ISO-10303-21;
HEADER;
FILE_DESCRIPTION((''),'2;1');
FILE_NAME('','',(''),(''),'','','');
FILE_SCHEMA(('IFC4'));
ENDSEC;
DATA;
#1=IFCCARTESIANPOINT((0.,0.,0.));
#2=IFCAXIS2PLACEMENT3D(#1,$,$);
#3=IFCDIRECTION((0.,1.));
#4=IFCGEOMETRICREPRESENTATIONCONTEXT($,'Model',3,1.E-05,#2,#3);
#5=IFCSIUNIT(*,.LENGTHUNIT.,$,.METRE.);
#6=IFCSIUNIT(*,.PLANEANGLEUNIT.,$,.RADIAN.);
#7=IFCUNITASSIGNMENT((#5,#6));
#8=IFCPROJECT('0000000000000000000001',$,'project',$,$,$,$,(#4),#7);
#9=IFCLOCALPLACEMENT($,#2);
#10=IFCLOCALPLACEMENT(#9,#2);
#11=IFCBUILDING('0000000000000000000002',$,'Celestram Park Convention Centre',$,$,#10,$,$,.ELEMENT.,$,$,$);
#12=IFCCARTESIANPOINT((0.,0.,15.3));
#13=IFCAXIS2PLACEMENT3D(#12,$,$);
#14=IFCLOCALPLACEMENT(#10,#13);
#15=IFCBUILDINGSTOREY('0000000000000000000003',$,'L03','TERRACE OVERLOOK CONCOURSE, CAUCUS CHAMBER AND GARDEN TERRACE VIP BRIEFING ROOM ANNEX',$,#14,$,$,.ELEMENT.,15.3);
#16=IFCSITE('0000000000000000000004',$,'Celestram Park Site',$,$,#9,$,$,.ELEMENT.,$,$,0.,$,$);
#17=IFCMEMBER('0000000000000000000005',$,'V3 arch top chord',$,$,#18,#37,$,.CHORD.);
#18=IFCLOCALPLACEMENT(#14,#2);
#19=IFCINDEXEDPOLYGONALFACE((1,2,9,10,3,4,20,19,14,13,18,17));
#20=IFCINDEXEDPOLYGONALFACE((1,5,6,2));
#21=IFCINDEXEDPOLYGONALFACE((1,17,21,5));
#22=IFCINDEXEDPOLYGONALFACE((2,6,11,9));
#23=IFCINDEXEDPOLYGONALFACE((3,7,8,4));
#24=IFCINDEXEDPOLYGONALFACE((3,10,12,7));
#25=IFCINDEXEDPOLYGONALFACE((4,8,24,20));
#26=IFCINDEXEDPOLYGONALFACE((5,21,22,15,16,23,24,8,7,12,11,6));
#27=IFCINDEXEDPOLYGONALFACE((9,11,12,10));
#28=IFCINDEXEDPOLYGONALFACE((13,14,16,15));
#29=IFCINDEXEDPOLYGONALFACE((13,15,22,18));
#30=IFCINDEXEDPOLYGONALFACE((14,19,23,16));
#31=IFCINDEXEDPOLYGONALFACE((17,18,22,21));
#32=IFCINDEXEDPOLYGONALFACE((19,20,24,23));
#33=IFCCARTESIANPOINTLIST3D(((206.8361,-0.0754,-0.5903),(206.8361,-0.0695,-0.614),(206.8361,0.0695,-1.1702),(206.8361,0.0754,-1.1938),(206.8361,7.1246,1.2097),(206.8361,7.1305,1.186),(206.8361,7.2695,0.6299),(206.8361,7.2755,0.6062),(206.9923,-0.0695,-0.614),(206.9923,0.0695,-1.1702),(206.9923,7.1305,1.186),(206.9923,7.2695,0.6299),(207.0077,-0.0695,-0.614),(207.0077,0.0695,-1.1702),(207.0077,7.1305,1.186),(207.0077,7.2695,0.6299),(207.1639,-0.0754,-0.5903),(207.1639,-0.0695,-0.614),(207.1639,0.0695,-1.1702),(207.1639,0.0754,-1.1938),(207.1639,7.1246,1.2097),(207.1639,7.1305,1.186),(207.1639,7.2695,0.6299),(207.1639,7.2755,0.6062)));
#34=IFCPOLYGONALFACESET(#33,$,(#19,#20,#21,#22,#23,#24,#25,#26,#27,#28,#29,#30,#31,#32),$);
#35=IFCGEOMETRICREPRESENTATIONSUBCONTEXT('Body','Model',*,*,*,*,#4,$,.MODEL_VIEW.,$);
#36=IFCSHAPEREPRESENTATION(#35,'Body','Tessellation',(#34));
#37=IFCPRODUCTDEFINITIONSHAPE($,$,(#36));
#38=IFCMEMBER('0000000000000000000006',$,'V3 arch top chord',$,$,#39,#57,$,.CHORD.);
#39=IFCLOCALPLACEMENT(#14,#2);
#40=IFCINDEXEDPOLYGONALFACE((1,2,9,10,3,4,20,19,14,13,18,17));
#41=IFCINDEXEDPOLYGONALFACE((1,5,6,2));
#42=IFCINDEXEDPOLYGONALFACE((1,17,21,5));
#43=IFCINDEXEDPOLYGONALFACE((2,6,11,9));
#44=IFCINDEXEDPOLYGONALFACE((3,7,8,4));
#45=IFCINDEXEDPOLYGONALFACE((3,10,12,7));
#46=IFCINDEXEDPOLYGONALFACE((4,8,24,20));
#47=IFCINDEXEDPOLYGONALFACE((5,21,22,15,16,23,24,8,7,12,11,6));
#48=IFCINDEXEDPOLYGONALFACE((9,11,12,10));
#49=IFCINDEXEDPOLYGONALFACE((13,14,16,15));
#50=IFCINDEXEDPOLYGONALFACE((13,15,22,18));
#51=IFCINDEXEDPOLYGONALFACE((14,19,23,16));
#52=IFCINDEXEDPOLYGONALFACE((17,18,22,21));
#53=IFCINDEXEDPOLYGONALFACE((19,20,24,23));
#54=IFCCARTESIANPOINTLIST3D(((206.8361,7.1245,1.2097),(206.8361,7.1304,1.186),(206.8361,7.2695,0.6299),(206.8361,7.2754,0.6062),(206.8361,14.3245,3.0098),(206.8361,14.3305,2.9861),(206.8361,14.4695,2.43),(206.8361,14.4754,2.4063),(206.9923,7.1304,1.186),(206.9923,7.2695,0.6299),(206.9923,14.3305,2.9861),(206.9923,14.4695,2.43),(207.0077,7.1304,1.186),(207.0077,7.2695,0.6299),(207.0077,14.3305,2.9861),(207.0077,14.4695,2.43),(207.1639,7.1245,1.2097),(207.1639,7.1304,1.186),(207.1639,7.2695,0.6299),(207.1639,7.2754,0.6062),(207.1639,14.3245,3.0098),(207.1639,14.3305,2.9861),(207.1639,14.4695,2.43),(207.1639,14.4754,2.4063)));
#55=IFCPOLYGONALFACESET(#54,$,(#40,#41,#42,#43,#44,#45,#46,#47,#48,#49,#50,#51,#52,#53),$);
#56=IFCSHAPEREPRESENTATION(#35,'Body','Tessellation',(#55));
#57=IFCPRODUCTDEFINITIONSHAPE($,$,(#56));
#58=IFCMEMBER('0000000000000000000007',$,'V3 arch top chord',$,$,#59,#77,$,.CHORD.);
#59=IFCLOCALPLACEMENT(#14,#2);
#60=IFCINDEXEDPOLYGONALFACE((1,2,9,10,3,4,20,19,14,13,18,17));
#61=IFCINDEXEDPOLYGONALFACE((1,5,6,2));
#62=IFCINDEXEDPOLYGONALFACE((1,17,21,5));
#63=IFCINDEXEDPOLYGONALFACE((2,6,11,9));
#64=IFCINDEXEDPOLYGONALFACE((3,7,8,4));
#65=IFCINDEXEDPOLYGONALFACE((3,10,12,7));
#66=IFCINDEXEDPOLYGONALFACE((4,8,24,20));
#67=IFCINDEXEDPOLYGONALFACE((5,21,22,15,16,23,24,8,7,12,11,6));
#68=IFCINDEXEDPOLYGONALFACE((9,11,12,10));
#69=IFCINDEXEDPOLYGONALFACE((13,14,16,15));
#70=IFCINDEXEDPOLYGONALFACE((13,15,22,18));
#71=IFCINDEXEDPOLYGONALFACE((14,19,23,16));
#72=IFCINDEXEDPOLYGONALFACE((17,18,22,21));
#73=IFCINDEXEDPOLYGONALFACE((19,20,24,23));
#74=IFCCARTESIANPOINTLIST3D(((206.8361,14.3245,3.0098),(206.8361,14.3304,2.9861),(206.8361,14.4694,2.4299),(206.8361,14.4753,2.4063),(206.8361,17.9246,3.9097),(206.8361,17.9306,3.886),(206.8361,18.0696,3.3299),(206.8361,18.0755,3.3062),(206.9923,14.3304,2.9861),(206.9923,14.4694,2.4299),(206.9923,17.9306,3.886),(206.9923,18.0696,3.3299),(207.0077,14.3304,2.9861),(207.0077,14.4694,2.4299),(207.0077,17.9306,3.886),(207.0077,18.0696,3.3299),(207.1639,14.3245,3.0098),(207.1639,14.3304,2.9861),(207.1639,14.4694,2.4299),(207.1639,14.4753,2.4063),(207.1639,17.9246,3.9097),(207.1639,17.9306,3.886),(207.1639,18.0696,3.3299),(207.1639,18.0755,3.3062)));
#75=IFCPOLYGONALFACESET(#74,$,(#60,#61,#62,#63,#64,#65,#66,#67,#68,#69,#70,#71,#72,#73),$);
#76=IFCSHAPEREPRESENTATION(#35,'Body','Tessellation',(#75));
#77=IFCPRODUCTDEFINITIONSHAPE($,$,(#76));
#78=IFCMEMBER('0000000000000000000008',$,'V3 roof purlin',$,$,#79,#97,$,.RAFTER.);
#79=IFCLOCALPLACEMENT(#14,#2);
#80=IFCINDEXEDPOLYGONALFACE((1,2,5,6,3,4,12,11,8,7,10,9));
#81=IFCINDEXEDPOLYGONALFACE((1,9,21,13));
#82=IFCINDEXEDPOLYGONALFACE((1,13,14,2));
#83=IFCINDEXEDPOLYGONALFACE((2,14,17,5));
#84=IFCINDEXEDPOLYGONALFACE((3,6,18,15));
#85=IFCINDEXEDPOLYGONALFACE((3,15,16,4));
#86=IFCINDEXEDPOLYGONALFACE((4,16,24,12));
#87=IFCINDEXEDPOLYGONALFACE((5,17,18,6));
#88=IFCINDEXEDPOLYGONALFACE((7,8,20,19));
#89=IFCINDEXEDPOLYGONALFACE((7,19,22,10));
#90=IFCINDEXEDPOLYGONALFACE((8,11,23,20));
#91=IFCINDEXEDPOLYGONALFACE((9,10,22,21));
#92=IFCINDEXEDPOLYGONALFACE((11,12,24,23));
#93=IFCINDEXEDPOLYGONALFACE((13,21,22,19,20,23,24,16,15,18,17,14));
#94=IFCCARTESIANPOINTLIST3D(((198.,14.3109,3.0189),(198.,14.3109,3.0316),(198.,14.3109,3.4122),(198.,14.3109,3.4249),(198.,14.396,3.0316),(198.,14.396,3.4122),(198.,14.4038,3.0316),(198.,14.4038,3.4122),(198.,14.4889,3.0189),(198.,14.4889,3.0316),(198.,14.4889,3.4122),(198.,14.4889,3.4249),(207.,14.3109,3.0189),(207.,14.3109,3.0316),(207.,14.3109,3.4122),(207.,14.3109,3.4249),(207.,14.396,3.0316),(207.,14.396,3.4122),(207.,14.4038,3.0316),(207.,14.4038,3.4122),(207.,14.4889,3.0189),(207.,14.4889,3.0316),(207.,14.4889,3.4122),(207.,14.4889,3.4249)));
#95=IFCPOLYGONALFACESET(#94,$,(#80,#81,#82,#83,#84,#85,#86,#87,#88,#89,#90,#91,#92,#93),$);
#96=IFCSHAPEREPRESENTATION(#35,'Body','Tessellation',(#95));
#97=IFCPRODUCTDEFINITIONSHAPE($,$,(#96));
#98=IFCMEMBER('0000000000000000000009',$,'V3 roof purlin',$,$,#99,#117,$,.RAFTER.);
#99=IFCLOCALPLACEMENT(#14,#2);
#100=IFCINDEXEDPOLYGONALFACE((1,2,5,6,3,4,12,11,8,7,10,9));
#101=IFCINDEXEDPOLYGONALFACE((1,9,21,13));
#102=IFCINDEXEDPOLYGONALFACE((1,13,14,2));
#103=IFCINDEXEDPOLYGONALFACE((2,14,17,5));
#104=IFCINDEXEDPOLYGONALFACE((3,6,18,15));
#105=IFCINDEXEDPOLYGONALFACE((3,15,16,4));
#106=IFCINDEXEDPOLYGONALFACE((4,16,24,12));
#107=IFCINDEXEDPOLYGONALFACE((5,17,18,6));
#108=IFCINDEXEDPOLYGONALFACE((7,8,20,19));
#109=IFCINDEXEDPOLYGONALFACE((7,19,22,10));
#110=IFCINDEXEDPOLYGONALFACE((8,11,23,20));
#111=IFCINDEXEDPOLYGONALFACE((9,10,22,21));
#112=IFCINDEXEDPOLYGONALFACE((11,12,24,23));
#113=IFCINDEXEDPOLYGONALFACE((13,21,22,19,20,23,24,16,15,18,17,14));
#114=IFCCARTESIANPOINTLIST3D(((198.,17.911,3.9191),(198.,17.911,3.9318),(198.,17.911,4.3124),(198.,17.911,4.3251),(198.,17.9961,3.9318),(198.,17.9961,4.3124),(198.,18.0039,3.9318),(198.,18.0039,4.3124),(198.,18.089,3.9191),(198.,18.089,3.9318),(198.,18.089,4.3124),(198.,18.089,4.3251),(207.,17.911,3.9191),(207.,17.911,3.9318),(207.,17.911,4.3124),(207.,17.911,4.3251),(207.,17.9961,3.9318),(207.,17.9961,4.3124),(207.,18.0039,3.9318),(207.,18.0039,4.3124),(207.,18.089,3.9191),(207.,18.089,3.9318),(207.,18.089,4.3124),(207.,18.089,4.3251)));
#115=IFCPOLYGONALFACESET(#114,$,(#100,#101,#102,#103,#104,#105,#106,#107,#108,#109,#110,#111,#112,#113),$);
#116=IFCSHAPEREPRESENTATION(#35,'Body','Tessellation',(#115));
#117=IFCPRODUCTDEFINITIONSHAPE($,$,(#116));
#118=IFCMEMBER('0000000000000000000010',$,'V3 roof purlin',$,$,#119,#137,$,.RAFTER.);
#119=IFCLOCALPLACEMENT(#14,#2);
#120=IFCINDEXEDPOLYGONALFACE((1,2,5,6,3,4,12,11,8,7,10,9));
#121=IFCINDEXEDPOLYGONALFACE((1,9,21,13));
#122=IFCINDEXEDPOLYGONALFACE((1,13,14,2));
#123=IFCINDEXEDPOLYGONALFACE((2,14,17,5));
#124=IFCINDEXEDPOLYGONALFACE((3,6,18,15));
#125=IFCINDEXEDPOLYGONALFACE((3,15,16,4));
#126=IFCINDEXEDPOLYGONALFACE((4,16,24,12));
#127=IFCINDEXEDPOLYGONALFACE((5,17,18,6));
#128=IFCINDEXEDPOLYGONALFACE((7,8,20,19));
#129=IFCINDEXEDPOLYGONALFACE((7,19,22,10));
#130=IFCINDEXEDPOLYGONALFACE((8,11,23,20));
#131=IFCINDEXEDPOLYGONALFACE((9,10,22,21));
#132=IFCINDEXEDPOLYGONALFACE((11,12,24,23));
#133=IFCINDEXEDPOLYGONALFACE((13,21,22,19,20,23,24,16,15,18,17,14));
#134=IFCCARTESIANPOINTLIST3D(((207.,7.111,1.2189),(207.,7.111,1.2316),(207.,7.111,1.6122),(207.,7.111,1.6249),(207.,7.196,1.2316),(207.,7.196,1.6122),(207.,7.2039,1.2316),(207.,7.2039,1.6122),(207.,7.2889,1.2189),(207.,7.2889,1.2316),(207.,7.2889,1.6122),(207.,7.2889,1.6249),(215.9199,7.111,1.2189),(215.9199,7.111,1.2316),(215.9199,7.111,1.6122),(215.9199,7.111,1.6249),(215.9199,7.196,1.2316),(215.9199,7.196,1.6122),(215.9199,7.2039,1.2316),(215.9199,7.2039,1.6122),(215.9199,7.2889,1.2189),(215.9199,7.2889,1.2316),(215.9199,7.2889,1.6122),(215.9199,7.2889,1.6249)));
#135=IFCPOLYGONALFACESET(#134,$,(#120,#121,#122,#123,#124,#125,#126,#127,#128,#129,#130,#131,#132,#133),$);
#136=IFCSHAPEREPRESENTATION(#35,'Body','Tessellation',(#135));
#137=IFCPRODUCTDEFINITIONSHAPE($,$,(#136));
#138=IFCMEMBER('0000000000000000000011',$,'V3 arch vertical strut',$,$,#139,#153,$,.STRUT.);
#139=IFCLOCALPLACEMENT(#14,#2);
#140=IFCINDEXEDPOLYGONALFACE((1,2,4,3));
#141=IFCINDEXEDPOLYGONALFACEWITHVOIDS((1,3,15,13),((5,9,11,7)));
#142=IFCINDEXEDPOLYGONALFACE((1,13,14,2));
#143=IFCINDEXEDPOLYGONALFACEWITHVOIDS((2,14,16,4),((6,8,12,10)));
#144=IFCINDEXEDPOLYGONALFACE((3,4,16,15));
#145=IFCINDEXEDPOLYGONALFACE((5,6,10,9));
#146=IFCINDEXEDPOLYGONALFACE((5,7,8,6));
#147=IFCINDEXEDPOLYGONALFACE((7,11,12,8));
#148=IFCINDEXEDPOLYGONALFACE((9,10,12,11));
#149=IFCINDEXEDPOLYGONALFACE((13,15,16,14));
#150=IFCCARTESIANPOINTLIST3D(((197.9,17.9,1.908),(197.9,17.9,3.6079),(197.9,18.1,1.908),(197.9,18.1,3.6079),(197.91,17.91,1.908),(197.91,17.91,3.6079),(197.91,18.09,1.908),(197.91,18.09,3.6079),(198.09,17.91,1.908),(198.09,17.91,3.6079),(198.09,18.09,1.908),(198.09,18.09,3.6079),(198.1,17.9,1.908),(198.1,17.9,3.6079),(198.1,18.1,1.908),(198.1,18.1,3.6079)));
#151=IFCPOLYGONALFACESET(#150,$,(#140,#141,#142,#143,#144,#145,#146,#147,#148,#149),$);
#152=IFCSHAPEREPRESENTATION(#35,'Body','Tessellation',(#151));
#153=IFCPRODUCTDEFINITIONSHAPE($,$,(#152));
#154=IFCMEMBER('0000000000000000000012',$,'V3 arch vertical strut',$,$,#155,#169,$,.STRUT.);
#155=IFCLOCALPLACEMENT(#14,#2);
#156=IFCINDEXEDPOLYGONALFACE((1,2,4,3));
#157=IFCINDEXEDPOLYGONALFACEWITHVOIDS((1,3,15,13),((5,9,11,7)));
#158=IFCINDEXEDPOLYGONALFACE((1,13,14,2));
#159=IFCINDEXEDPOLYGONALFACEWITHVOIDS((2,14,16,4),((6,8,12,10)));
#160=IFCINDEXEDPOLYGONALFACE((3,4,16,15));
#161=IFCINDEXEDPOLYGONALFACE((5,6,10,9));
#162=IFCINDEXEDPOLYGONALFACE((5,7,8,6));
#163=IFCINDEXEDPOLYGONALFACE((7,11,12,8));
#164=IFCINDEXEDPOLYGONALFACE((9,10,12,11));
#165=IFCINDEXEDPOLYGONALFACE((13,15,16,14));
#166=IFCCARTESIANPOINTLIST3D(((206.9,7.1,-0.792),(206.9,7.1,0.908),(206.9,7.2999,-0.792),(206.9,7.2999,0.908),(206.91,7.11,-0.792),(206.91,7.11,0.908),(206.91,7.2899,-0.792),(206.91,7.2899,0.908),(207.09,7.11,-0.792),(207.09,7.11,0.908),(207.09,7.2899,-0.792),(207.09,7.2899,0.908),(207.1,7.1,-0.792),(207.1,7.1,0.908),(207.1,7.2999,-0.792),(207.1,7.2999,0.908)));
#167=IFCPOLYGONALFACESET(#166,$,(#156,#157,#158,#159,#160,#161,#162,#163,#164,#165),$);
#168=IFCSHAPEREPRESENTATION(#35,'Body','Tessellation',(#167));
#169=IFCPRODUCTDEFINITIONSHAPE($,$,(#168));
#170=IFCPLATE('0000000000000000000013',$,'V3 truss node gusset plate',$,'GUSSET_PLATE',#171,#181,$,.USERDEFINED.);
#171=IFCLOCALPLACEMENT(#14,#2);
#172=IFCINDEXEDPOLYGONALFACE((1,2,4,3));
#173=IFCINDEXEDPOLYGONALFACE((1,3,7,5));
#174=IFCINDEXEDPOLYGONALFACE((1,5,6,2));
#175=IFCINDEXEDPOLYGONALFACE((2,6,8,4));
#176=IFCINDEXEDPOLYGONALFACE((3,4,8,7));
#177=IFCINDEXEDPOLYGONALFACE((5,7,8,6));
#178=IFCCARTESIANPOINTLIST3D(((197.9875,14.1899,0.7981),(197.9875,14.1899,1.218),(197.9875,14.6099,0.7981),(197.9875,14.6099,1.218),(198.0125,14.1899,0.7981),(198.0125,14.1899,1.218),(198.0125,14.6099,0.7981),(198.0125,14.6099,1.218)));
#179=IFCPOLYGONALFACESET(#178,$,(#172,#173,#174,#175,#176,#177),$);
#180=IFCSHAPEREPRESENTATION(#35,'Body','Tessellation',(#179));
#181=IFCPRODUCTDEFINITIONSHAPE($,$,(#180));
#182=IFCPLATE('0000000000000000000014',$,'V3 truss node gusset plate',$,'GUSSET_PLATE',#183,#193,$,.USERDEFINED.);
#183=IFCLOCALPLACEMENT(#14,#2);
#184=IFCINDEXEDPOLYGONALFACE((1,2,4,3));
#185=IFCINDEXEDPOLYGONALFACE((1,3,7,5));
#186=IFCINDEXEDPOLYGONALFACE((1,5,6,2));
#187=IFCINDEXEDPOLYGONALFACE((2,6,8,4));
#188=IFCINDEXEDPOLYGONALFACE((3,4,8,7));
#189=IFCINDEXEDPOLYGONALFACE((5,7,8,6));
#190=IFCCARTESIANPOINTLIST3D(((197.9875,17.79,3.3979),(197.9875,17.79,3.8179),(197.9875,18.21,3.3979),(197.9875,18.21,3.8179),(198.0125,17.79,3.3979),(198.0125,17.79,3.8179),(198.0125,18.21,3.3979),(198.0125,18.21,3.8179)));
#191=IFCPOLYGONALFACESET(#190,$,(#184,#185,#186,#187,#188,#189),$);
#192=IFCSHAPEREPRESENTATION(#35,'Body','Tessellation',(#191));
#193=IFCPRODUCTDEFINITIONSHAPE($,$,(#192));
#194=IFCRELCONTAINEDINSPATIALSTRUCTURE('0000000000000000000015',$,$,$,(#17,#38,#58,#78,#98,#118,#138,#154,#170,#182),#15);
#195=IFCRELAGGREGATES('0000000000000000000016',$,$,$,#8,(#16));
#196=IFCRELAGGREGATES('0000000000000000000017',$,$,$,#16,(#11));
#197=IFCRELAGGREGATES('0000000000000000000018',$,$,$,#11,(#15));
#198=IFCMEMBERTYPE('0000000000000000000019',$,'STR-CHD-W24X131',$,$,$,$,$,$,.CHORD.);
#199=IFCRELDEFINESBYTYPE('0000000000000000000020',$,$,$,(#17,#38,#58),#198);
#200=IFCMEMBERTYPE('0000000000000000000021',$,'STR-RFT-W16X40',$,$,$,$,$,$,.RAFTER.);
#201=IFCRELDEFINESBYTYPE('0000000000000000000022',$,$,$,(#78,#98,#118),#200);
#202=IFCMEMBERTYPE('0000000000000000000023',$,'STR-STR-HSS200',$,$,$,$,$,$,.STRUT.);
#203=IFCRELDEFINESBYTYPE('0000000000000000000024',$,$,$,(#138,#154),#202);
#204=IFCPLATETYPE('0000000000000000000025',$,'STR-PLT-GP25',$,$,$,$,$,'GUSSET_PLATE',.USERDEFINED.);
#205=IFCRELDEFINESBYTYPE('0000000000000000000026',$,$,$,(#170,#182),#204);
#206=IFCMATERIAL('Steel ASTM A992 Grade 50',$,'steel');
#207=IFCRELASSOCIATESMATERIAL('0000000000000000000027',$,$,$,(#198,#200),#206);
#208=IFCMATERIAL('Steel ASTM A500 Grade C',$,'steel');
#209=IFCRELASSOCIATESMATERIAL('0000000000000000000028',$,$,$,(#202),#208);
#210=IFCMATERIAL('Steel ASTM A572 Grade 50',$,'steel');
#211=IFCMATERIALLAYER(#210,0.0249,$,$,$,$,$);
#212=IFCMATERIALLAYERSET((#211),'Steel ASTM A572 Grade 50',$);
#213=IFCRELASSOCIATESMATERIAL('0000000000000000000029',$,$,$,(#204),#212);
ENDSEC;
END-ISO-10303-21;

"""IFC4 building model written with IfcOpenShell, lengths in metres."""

from ifc_helpers import new_model, si_unit, direction, frame, origin, origin_2d, place, context, subcontext, project, spatial, rectangle, hollow_rectangle, i_section, extrude, material, layer, layer_set, material_profile, profile_set, type_object, element, save


model = new_model("IFC4")

# Units and contexts
model_context = context("Model", 3, precision=1e-05, world=origin(), true_north=direction((0.0, 1.0)))
body_context = subcontext(model_context, "Body", "Model", "MODEL_VIEW")
ifc_project = project(units=[si_unit("LENGTHUNIT", "METRE"), si_unit("PLANEANGLEUNIT", "RADIAN")], contexts=[model_context])

# Site, building, storey
site_placement = place(None, origin())
site = spatial("IfcSite", under=ifc_project, at=site_placement, Name="Celestram Park Site", CompositionType="ELEMENT", RefElevation=0.0)
building_placement = place(site_placement, origin())
building = spatial("IfcBuilding", under=site, at=building_placement, Name="Celestram Park Convention Centre", CompositionType="ELEMENT")
storey_placement = place(building_placement, frame((0.0, 0.0, 15.3)))
storey = spatial("IfcBuildingStorey", under=building, at=storey_placement, Name="L03", Description="TERRACE OVERLOOK CONCOURSE, CAUCUS CHAMBER AND GARDEN TERRACE VIP BRIEFING ROOM ANNEX", CompositionType="ELEMENT", Elevation=15.3)

# Members
ifc_material_1 = material(Name="Steel ASTM A500 Grade C", Category="steel")
ifc_material_2 = material(Name="Steel ASTM A992 Grade 50", Category="steel")
ifc_material_profile_1 = material_profile(ifc_material_2, i_section(OverallWidth=0.3279, OverallDepth=0.6221, WebThickness=0.0154, FlangeThickness=0.0244, at=origin_2d()), Name="W24X131")
ifc_profile_set_1 = profile_set([ifc_material_profile_1], Name="Steel ASTM A992 Grade 50")
member_type_1 = type_object("IfcMemberType", Name="STR-CHD-W24X131", PredefinedType="CHORD", material=ifc_profile_set_1)
for number, where, z_axis, x_axis, name in (
    (1, (207.0, 0.0, -0.8921), (0.0, 0.970141, 0.242543), (-1.0, 0.0, 0.0), "V3 arch top chord"),
    (2, (207.0, 7.2, 0.908), (0.0, 0.970141, 0.242543), (-1.0, 0.0, 0.0), "V3 arch top chord"),
):
    element("IfcMember", number, at=place(storey_placement, frame(where, z_axis=z_axis, x_axis=x_axis)), inside=storey, type_object=member_type_1, Name=name, PredefinedType="CHORD", context=body_context, shape_type="SweptSolid", body=[
        extrude(i_section(OverallWidth=0.3279, OverallDepth=0.6221, WebThickness=0.0154, FlangeThickness=0.0244, at=origin_2d()), origin(), (0.0, 0.0, 1.0), 7.4216),
    ])
member_1_placement = place(storey_placement, frame((207.0, 14.3999, 2.708), z_axis=(0.0, 0.97015, 0.242505), x_axis=(-1.0, 0.0, 0.0)))
element("IfcMember", 3, at=member_1_placement, inside=storey, type_object=member_type_1, Name="V3 arch top chord", PredefinedType="CHORD", context=body_context, shape_type="SweptSolid", body=[
    extrude(i_section(OverallWidth=0.3279, OverallDepth=0.6221, WebThickness=0.0154, FlangeThickness=0.0244, at=origin_2d()), origin(), (0.0, 0.0, 1.0), 3.7109),
])
ifc_material_profile_2 = material_profile(ifc_material_2, i_section(OverallWidth=0.178, OverallDepth=0.406, WebThickness=0.0078, FlangeThickness=0.0127, at=origin_2d()), Name="W16X40")
ifc_profile_set_2 = profile_set([ifc_material_profile_2], Name="Steel ASTM A992 Grade 50")
member_type_2 = type_object("IfcMemberType", Name="STR-RFT-W16X40", PredefinedType="RAFTER", material=ifc_profile_set_2)
for number, where, z_axis, x_axis, name in (
    (4, (198.0, 14.3999, 3.2219), (1.0, 0.0, 0.0), (0.0, 1.0, 0.0), "V3 roof purlin"),
    (5, (198.0, 18.0, 4.1221), (1.0, 0.0, 0.0), (0.0, 1.0, 0.0), "V3 roof purlin"),
):
    element("IfcMember", number, at=place(storey_placement, frame(where, z_axis=z_axis, x_axis=x_axis)), inside=storey, type_object=member_type_2, Name=name, PredefinedType="RAFTER", context=body_context, shape_type="SweptSolid", body=[
        extrude(i_section(OverallWidth=0.178, OverallDepth=0.406, WebThickness=0.0078, FlangeThickness=0.0127, at=origin_2d()), origin(), (0.0, 0.0, 1.0), 9.0),
    ])
member_2_placement = place(storey_placement, frame((207.0, 7.2, 1.4219), z_axis=(1.0, 0.0, 0.0), x_axis=(0.0, 1.0, 0.0)))
element("IfcMember", 6, at=member_2_placement, inside=storey, type_object=member_type_2, Name="V3 roof purlin", PredefinedType="RAFTER", context=body_context, shape_type="SweptSolid", body=[
    extrude(i_section(OverallWidth=0.178, OverallDepth=0.406, WebThickness=0.0078, FlangeThickness=0.0127, at=origin_2d()), origin(), (0.0, 0.0, 1.0), 8.9199),
])
ifc_material_profile_3 = material_profile(ifc_material_1, hollow_rectangle(XDim=0.2, YDim=0.2, WallThickness=0.01, at=origin_2d()), Name="HSS200X200X10")
ifc_profile_set_3 = profile_set([ifc_material_profile_3], Name="Steel ASTM A500 Grade C")
member_type_3 = type_object("IfcMemberType", Name="STR-STR-HSS200", PredefinedType="STRUT", material=ifc_profile_set_3)
for number, where, z_axis, x_axis, name in (
    (7, (198.0, 18.0, 1.908), (0.0, 0.0, 1.0), (1.0, 0.0, 0.0), "V3 arch vertical strut"),
    (8, (207.0, 7.2, -0.792), (0.0, 0.0, 1.0), (1.0, 0.0, 0.0), "V3 arch vertical strut"),
):
    element("IfcMember", number, at=place(storey_placement, frame(where, z_axis=z_axis, x_axis=x_axis)), inside=storey, type_object=member_type_3, Name=name, PredefinedType="STRUT", context=body_context, shape_type="SweptSolid", body=[
        extrude(hollow_rectangle(XDim=0.2, YDim=0.2, WallThickness=0.01, at=origin_2d()), origin(), (0.0, 0.0, 1.0), 1.7),
    ])

# Plates
ifc_material_3 = material(Name="Steel ASTM A572 Grade 50", Category="steel")
ifc_layer_1 = layer(ifc_material_3, 0.0249)
ifc_layer_set_1 = layer_set([ifc_layer_1], Name="Steel ASTM A572 Grade 50")
plate_type = type_object("IfcPlateType", Name="STR-PLT-GP25", ElementType="GUSSET_PLATE", PredefinedType="USERDEFINED", material=ifc_layer_set_1)
for number, where, z_axis, x_axis, name in (
    (9, (198.0, 14.3999, 0.7981), (0.0, 0.0, 1.0), (0.0, 1.0, 0.0), "V3 truss node gusset plate"),
    (10, (198.0, 18.0, 3.3979), (0.0, 0.0, 1.0), (0.0, 1.0, 0.0), "V3 truss node gusset plate"),
):
    element("IfcPlate", number, at=place(storey_placement, frame(where, z_axis=z_axis, x_axis=x_axis)), inside=storey, type_object=plate_type, Name=name, ObjectType="GUSSET_PLATE", PredefinedType="USERDEFINED", context=body_context, shape_type="SweptSolid", body=[
        extrude(rectangle(XDim=0.4199, YDim=0.0249, at=origin_2d()), origin(), (0.0, 0.0, 1.0), 0.4199),
    ])

save(model, "model.ifc")
